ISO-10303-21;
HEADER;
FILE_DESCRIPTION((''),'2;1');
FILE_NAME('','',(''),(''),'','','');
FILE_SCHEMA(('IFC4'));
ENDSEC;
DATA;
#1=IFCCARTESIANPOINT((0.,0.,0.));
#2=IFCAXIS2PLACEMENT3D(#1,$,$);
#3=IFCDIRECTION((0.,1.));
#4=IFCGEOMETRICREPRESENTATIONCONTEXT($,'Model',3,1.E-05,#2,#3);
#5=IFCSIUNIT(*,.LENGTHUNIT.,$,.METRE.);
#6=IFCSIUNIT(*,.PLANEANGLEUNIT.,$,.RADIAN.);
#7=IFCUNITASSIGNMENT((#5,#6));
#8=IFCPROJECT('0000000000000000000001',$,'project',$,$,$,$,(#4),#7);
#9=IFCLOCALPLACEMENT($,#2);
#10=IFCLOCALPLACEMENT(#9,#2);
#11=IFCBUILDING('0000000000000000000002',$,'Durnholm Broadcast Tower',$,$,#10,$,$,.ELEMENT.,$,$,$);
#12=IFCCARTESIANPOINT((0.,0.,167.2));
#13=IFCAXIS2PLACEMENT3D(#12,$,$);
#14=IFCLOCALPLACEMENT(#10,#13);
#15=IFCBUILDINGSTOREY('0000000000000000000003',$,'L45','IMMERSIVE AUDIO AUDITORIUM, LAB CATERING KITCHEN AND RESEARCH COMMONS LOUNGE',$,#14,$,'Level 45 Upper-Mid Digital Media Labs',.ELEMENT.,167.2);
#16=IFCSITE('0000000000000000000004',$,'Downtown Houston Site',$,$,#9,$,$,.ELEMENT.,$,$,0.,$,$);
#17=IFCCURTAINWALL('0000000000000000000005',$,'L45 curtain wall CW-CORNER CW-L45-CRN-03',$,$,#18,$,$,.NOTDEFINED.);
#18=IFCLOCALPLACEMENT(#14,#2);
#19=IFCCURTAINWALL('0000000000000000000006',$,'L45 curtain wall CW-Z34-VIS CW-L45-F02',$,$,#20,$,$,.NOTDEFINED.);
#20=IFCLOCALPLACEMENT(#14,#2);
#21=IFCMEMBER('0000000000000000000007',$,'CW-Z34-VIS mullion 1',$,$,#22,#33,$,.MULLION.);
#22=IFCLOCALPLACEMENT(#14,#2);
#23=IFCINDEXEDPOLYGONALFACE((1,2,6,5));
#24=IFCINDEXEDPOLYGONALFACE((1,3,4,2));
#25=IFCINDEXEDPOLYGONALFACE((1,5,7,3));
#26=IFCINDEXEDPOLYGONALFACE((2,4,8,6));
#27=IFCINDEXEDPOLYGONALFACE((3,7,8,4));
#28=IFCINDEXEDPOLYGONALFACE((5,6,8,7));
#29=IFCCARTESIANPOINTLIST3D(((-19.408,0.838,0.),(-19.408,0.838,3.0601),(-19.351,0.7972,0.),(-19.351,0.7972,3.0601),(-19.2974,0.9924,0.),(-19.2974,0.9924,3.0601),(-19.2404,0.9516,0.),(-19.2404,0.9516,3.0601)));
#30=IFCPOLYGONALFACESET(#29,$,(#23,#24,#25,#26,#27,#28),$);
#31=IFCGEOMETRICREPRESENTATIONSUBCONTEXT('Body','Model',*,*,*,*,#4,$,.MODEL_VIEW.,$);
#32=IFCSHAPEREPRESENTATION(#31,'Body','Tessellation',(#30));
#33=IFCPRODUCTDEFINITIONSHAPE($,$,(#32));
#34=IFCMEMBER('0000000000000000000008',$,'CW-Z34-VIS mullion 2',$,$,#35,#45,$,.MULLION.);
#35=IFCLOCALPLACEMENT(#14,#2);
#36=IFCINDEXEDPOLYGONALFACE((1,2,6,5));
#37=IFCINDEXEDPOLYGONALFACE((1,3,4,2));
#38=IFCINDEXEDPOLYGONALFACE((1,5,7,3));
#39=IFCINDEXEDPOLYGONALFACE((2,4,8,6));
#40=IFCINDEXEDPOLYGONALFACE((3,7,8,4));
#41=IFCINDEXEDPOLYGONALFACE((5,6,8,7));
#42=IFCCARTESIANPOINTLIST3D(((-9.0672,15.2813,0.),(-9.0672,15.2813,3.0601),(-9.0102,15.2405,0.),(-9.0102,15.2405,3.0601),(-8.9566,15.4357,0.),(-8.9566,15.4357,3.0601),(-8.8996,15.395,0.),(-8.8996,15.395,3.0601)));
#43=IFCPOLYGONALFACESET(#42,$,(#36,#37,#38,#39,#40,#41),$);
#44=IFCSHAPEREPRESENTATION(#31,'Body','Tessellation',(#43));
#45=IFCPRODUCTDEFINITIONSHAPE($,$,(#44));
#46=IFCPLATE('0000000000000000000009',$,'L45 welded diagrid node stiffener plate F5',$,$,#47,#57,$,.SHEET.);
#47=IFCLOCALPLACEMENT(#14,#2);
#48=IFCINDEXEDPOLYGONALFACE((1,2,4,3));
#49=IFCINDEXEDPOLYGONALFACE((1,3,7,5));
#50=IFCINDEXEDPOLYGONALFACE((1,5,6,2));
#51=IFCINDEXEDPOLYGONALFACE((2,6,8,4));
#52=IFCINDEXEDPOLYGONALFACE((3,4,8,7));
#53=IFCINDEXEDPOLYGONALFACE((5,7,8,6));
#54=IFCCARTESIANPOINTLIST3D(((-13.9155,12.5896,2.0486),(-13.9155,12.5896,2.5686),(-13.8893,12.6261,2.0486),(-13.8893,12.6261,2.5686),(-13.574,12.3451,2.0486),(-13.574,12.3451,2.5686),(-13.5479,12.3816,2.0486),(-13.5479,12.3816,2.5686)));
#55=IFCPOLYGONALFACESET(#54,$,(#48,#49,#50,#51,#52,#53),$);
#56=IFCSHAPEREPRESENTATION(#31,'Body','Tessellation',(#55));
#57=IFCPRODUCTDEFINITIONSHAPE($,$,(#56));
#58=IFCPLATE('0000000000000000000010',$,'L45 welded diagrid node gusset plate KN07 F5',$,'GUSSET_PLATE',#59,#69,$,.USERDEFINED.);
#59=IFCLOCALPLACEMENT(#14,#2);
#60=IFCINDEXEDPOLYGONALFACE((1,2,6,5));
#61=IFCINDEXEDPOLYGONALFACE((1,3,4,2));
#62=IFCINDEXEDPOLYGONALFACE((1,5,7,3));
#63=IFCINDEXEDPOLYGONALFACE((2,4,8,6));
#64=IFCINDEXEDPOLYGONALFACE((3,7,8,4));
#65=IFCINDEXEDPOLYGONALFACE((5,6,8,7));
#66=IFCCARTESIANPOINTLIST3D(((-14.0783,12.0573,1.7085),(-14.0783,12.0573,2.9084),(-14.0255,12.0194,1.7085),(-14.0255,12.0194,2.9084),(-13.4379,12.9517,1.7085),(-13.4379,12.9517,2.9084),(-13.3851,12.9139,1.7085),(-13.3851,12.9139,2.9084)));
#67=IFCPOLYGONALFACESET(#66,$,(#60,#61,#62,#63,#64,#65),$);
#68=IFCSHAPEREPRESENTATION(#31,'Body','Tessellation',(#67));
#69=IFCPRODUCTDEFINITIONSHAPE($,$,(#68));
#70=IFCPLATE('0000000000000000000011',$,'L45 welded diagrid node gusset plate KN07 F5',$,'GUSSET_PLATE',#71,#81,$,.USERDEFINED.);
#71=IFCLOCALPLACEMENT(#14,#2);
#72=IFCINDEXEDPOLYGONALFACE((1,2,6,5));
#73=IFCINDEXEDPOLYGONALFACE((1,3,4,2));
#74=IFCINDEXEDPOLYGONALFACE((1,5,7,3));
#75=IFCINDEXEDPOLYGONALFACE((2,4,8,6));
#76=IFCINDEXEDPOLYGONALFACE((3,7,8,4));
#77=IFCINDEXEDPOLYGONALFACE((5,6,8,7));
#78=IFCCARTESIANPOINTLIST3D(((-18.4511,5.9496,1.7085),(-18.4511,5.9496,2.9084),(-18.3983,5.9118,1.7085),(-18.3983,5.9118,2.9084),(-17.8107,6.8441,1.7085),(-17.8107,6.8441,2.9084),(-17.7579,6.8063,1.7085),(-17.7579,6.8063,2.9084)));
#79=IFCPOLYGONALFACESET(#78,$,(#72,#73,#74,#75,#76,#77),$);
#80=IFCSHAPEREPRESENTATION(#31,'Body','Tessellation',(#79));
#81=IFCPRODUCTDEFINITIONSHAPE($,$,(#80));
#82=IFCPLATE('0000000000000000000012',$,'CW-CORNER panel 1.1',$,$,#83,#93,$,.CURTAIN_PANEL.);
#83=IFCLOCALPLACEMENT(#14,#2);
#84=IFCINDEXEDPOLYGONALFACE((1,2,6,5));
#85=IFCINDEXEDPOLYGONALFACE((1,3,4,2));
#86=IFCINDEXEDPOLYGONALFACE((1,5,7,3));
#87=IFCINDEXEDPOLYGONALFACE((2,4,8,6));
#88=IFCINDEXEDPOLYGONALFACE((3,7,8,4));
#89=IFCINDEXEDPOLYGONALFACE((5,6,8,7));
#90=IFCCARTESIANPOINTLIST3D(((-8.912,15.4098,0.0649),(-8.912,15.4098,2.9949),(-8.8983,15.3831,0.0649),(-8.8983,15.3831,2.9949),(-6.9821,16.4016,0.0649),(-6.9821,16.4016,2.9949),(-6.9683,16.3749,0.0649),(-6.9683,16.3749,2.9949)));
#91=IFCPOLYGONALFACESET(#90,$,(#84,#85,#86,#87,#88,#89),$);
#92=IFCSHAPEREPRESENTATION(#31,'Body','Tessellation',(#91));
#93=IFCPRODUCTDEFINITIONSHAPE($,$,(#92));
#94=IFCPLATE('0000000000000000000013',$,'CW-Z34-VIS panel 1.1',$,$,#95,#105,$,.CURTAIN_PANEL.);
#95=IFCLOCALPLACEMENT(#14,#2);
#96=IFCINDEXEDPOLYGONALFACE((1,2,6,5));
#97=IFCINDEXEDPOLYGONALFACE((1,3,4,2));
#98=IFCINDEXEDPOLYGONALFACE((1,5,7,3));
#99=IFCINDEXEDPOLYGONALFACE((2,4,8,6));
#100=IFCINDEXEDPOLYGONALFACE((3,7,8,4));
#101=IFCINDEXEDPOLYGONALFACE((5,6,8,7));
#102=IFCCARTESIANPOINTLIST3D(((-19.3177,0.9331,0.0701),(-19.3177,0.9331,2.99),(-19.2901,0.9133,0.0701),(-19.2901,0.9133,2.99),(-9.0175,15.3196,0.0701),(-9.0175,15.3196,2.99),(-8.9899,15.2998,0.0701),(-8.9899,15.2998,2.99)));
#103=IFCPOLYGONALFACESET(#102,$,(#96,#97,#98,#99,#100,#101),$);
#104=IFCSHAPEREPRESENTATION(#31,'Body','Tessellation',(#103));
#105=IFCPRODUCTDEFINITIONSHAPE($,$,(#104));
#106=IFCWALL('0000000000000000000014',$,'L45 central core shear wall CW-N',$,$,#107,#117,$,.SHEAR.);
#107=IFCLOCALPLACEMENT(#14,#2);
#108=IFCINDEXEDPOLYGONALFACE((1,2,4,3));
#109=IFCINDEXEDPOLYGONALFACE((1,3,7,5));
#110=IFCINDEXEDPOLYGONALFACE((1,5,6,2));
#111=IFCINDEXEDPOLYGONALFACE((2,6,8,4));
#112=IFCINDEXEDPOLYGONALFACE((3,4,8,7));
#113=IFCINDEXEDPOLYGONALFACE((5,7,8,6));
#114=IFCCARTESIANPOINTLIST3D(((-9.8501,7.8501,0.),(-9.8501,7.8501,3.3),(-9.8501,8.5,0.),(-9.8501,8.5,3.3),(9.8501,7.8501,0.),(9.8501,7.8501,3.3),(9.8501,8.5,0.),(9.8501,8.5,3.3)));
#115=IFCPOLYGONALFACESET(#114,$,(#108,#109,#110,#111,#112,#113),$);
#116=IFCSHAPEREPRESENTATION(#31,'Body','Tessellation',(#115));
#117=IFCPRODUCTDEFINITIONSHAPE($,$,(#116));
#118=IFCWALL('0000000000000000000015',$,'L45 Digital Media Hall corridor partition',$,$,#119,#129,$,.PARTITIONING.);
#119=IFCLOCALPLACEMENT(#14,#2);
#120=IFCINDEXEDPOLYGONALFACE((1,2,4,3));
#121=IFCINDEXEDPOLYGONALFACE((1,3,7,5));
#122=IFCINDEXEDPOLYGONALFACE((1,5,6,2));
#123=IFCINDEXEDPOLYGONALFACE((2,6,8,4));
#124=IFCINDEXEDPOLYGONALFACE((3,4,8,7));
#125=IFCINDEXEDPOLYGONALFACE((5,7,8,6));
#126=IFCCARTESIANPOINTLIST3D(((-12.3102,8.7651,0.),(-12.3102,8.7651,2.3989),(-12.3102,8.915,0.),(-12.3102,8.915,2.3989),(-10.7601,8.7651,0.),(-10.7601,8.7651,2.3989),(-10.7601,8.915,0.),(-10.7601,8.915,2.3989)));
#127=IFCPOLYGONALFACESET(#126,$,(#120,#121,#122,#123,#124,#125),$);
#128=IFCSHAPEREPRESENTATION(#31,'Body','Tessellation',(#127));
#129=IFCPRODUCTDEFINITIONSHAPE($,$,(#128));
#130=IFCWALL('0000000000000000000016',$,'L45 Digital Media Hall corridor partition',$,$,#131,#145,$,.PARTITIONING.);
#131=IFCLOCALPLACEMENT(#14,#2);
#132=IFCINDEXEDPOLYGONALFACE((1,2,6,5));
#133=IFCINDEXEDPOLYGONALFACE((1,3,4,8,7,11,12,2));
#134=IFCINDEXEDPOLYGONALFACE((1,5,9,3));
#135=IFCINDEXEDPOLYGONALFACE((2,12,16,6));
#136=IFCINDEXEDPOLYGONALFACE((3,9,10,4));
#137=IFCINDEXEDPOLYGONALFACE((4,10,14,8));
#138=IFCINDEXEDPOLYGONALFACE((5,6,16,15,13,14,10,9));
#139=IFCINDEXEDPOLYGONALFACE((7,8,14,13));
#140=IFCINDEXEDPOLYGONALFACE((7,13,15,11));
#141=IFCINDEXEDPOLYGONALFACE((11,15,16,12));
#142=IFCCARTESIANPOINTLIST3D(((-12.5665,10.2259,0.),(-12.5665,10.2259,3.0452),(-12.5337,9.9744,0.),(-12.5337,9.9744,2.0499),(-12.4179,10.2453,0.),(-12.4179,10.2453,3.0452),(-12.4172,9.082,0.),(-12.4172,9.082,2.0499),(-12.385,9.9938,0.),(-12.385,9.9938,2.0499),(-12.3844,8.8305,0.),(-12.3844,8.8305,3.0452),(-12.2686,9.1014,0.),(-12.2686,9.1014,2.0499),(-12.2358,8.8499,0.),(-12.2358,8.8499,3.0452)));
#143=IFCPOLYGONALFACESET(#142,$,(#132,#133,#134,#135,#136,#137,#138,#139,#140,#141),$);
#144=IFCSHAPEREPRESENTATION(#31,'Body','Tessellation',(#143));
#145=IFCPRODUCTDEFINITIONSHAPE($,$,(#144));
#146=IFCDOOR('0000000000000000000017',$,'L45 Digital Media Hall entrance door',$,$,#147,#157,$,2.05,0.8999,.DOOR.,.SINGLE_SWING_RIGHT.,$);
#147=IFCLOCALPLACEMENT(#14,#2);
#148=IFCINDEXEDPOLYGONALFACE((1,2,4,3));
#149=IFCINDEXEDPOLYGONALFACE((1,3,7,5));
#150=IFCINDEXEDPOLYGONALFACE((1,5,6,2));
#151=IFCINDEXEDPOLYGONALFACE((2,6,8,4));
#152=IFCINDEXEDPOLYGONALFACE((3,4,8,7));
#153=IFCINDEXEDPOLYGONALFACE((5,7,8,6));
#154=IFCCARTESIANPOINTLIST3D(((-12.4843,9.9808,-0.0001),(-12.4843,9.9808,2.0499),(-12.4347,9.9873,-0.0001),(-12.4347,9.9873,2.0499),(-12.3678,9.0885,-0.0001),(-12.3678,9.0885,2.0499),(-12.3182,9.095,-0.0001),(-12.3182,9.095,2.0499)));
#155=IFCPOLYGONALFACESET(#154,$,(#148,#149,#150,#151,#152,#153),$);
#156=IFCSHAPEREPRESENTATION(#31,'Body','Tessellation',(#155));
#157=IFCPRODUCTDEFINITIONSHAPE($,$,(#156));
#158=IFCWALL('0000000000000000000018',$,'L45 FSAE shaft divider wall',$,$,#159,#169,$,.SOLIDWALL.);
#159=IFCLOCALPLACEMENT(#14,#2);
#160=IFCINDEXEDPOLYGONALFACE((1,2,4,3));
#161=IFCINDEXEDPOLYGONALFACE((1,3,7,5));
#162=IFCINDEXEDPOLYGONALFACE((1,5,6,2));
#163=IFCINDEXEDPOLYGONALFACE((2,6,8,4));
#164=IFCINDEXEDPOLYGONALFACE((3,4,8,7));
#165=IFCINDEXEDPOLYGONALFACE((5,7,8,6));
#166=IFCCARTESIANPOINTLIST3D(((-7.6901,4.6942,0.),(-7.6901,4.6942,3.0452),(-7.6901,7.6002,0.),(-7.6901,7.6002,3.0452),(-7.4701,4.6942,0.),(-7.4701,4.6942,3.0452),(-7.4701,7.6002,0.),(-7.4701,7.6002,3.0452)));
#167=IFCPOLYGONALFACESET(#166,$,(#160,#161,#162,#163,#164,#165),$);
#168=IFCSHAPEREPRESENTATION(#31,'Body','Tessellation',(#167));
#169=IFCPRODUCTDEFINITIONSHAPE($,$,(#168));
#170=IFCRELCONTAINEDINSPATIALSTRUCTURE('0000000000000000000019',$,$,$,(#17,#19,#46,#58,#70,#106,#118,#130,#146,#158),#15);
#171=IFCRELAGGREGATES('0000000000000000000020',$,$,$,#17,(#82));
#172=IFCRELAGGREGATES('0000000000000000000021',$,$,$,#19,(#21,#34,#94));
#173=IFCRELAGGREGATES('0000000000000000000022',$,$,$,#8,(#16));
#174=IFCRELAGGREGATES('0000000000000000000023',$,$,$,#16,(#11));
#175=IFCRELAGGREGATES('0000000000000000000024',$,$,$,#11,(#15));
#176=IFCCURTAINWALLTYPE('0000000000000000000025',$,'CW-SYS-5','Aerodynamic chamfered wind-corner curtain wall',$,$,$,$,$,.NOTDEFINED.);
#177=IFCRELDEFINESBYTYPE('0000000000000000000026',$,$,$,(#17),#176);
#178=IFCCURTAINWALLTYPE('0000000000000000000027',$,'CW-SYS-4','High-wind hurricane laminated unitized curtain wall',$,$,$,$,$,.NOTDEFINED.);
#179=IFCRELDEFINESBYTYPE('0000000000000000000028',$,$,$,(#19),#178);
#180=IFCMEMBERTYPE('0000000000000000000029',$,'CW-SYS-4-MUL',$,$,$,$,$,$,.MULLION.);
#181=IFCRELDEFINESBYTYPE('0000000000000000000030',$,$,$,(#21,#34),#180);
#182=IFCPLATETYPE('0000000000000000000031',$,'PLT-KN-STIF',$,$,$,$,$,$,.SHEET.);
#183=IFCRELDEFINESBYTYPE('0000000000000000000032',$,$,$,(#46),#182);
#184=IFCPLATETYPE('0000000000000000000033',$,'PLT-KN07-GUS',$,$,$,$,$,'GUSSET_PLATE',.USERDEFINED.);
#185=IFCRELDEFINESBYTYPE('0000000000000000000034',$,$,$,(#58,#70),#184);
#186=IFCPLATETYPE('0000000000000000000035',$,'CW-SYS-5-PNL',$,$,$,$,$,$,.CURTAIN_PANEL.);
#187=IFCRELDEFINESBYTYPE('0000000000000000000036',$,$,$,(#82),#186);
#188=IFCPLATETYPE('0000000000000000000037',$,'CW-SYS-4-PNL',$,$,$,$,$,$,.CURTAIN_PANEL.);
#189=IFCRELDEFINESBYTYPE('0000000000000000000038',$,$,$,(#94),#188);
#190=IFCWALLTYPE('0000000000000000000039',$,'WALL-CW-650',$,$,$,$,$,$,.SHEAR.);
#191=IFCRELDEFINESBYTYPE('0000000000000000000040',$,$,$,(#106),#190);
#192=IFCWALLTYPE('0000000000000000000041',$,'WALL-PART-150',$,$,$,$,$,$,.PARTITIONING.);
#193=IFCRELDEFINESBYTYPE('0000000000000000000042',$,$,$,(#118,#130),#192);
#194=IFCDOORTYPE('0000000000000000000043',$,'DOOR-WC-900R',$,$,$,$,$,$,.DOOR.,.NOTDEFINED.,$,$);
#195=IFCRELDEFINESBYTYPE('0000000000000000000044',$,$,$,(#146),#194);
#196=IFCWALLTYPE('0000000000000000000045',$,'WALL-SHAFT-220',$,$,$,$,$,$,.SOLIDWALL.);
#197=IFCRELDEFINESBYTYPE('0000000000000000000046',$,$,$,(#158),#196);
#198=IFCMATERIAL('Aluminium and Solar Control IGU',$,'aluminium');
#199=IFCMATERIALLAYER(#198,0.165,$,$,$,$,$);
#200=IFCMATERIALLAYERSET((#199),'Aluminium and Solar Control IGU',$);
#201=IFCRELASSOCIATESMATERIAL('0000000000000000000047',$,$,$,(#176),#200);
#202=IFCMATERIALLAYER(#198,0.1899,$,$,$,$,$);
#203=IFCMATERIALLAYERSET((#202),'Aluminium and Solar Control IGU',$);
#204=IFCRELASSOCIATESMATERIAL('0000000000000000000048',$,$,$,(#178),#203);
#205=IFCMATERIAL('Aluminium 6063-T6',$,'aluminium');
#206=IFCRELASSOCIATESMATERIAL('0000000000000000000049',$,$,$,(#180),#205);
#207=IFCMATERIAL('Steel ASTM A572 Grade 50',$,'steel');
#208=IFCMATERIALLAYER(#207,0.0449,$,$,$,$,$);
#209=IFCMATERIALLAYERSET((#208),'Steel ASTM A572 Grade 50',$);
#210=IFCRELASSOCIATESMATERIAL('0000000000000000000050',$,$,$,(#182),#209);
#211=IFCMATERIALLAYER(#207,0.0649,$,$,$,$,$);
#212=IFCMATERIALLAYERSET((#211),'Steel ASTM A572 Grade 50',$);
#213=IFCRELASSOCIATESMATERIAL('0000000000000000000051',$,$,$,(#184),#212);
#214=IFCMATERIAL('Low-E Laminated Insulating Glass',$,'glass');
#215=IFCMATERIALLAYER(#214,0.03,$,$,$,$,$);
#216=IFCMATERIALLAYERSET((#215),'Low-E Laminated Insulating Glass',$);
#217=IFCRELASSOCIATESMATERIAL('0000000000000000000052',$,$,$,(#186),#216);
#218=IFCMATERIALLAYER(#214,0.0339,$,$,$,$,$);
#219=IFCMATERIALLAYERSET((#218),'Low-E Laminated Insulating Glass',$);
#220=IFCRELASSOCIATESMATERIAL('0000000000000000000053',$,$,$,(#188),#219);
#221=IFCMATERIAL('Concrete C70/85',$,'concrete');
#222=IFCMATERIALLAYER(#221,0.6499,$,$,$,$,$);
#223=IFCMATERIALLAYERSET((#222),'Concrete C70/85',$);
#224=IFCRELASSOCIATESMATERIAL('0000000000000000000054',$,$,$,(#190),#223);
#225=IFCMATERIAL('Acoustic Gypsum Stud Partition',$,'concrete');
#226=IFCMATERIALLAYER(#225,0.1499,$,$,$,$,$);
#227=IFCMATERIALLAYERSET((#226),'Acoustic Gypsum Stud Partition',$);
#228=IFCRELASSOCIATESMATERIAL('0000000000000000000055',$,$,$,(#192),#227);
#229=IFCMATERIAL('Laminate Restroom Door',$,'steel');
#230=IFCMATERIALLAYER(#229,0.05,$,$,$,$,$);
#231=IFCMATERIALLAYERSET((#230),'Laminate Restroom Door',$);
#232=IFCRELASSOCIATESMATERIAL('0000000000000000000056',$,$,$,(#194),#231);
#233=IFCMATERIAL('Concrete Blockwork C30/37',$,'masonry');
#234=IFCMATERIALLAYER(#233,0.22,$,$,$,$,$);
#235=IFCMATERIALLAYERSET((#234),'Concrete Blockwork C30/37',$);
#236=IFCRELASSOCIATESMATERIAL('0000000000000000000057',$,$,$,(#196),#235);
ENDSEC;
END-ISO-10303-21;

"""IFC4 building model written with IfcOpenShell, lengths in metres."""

from ifc_helpers import new_model, si_unit, direction, frame, frame_2d, origin, origin_2d, place, context, subcontext, project, spatial, rectangle, extrude, source, transform, mapped, material, layer, layer_set, material_profile, profile_set, type_object, type_shapes, element, fill, aggregate, save


model = new_model("IFC4")

# Units and contexts
model_context = context("Model", 3, precision=1e-05, world=origin(), true_north=direction((0.0, 1.0)))
body_context = subcontext(model_context, "Body", "Model", "MODEL_VIEW")
ifc_project = project(units=[si_unit("LENGTHUNIT", "METRE"), si_unit("PLANEANGLEUNIT", "RADIAN")], contexts=[model_context])

# Site, building, storey
site_placement = place(None, origin())
site = spatial("IfcSite", under=ifc_project, at=site_placement, Name="Downtown Houston Site", CompositionType="ELEMENT", RefElevation=0.0)
building_placement = place(site_placement, origin())
building = spatial("IfcBuilding", under=site, at=building_placement, Name="Durnholm Broadcast Tower", CompositionType="ELEMENT")
storey_placement = place(building_placement, frame((0.0, 0.0, 167.2)))
storey = spatial("IfcBuildingStorey", under=building, at=storey_placement, Name="L45", Description="IMMERSIVE AUDIO AUDITORIUM, LAB CATERING KITCHEN AND RESEARCH COMMONS LOUNGE", LongName="Level 45 Upper-Mid Digital Media Labs", CompositionType="ELEMENT", Elevation=167.2)

# Shared definitions
ifc_material_1 = material(Name="Concrete C70/85", Category="concrete")

# Shared definitions
ifc_material_2 = material(Name="Aluminium and Solar Control IGU", Category="aluminium")
ifc_layer_1 = layer(ifc_material_2, 0.165)
ifc_layer_set_1 = layer_set([ifc_layer_1], Name="Aluminium and Solar Control IGU")
curtain_wall_type_1 = type_object("IfcCurtainWallType", Name="CW-SYS-5", Description="Aerodynamic chamfered wind-corner curtain wall", PredefinedType="NOTDEFINED", material=ifc_layer_set_1)
ifc_material_3 = material(Name="Aluminium 6063-T6", Category="aluminium")

# Curtain walls, members
curtain_wall_1_placement = place(storey_placement, origin())
curtain_wall_1 = element("IfcCurtainWall", 1, at=curtain_wall_1_placement, inside=storey, type_object=curtain_wall_type_1, Name="L45 curtain wall CW-CORNER CW-L45-CRN-03", PredefinedType="NOTDEFINED")
ifc_layer_2 = layer(ifc_material_2, 0.1899)
ifc_layer_set_2 = layer_set([ifc_layer_2], Name="Aluminium and Solar Control IGU")
curtain_wall_type_2 = type_object("IfcCurtainWallType", Name="CW-SYS-4", Description="High-wind hurricane laminated unitized curtain wall", PredefinedType="NOTDEFINED", material=ifc_layer_set_2)
curtain_wall_2_placement = place(storey_placement, origin())
curtain_wall_2 = element("IfcCurtainWall", 2, at=curtain_wall_2_placement, inside=storey, type_object=curtain_wall_type_2, Name="L45 curtain wall CW-Z34-VIS CW-L45-F02", PredefinedType="NOTDEFINED")
ifc_material_profile_1 = material_profile(ifc_material_3, rectangle(XDim=0.0701, YDim=0.1899, at=origin_2d()), Name="CWM70X190")
ifc_profile_set_1 = profile_set([ifc_material_profile_1], Name="Aluminium 6063-T6")
member_type_1 = type_object("IfcMemberType", Name="CW-SYS-4-MUL", PredefinedType="MULLION", material=ifc_profile_set_1)
shared_shape_1 = source(origin(), body_context, "Body", "SweptSolid", [
    extrude(rectangle(XDim=0.0701, YDim=0.1899, at=origin_2d()), origin(), (0.0, 0.0, 1.0), 3.0601),
])
type_shapes(member_type_1, [shared_shape_1])
member_1_placement = place(storey_placement, frame((-19.3242, 0.8948, 0.0), z_axis=(0.0, 0.0, 1.0), x_axis=(-0.813089, 0.582139, 0.0)))
member_1 = element("IfcMember", 3, at=member_1_placement, type_object=member_type_1, Name="CW-Z34-VIS mullion 1", PredefinedType="MULLION", context=body_context, shape_type="MappedRepresentation", body=[
    mapped(shared_shape_1, transform((0.0, 0.0, 0.0), x_axis=(1.0, 0.0, 0.0), y_axis=(0.0, 1.0, 0.0), z_axis=(0.0, 0.0, 1.0), scale=1.0)),
])
member_2_placement = place(storey_placement, frame((-8.9834, 15.3381, 0.0), z_axis=(0.0, 0.0, 1.0), x_axis=(-0.813089, 0.582139, 0.0)))
member_2 = element("IfcMember", 4, at=member_2_placement, type_object=member_type_1, Name="CW-Z34-VIS mullion 2", PredefinedType="MULLION", context=body_context, shape_type="MappedRepresentation", body=[
    mapped(shared_shape_1, transform((0.0, 0.0, 0.0), x_axis=(1.0, 0.0, 0.0), y_axis=(0.0, 1.0, 0.0), z_axis=(0.0, 0.0, 1.0), scale=1.0)),
])

# Plates
ifc_material_4 = material(Name="Steel ASTM A572 Grade 50", Category="steel")
ifc_layer_3 = layer(ifc_material_4, 0.0449)
ifc_layer_set_3 = layer_set([ifc_layer_3], Name="Steel ASTM A572 Grade 50")
plate_type_1 = type_object("IfcPlateType", Name="PLT-KN-STIF", PredefinedType="SHEET", material=ifc_layer_set_3)
shared_shape_2 = source(origin(), body_context, "Body", "SweptSolid", [
    extrude(rectangle(XDim=0.0449, YDim=0.4199, at=origin_2d()), origin(), (0.0, 0.0, 1.0), 0.52),
])
type_shapes(plate_type_1, [shared_shape_2])
plate_1_placement = place(storey_placement, frame((-13.7317, 12.4856, 2.0486), z_axis=(0.0, 0.0, 1.0), x_axis=(-0.582123, -0.813101, 0.0)))
element("IfcPlate", 5, at=plate_1_placement, inside=storey, type_object=plate_type_1, Name="L45 welded diagrid node stiffener plate F5", PredefinedType="SHEET", context=body_context, shape_type="MappedRepresentation", body=[
    mapped(shared_shape_2, transform((0.0, 0.0, 0.0), x_axis=(1.0, 0.0, 0.0), y_axis=(0.0, 1.0, 0.0), z_axis=(0.0, 0.0, 1.0), scale=1.0)),
])
ifc_layer_4 = layer(ifc_material_4, 0.0649)
ifc_layer_set_4 = layer_set([ifc_layer_4], Name="Steel ASTM A572 Grade 50")
plate_type_2 = type_object("IfcPlateType", Name="PLT-KN07-GUS", ElementType="GUSSET_PLATE", PredefinedType="USERDEFINED", material=ifc_layer_set_4)
shared_shape_3 = source(origin(), body_context, "Body", "SweptSolid", [
    extrude(rectangle(XDim=1.1001, YDim=0.0649, at=origin_2d()), origin(), (0.0, 0.0, 1.0), 1.2),
])
type_shapes(plate_type_2, [shared_shape_3])
for number, where, z_axis, x_axis, name in (
    (6, (-13.7317, 12.4856, 1.7085), (0.0, 0.0, 1.0), (-0.582123, -0.813101, 0.0), "L45 welded diagrid node gusset plate KN07 F5"),
    (7, (-18.1045, 6.3779, 1.7085), (0.0, 0.0, 1.0), (-0.582123, -0.813101, 0.0), "L45 welded diagrid node gusset plate KN07 F5"),
):
    element("IfcPlate", number, at=place(storey_placement, frame(where, z_axis=z_axis, x_axis=x_axis)), inside=storey, type_object=plate_type_2, Name=name, ObjectType="GUSSET_PLATE", PredefinedType="USERDEFINED", context=body_context, shape_type="MappedRepresentation", body=[
        mapped(shared_shape_3, transform((0.0, 0.0, 0.0), x_axis=(1.0, 0.0, 0.0), y_axis=(0.0, 1.0, 0.0), z_axis=(0.0, 0.0, 1.0), scale=1.0)),
    ])

# Plates
ifc_material_5 = material(Name="Low-E Laminated Insulating Glass", Category="glass")
ifc_layer_5 = layer(ifc_material_5, 0.03)
ifc_layer_set_5 = layer_set([ifc_layer_5], Name="Low-E Laminated Insulating Glass")
plate_type_3 = type_object("IfcPlateType", Name="CW-SYS-5-PNL", PredefinedType="CURTAIN_PANEL", material=ifc_layer_set_5)
shared_shape_4 = source(origin(), body_context, "Body", "SweptSolid", [
    extrude(rectangle(XDim=2.1699, YDim=0.03, at=origin_2d()), origin(), (0.0, 0.0, 1.0), 2.9299),
])
type_shapes(plate_type_3, [shared_shape_4])
plate_2_placement = place(storey_placement, frame((-7.9402, 15.8923, 0.0649), z_axis=(0.0, 0.0, 1.0), x_axis=(0.889425, 0.457082, 0.0)))
plate_2 = element("IfcPlate", 8, at=plate_2_placement, type_object=plate_type_3, Name="CW-CORNER panel 1.1", PredefinedType="CURTAIN_PANEL", context=body_context, shape_type="MappedRepresentation", body=[
    mapped(shared_shape_4, transform((0.0, 0.0, 0.0), x_axis=(1.0, 0.0, 0.0), y_axis=(0.0, 1.0, 0.0), z_axis=(0.0, 0.0, 1.0), scale=1.0)),
])
aggregate(curtain_wall_1, [plate_2])
ifc_layer_6 = layer(ifc_material_5, 0.0339)
ifc_layer_set_6 = layer_set([ifc_layer_6], Name="Low-E Laminated Insulating Glass")
plate_type_4 = type_object("IfcPlateType", Name="CW-SYS-4-PNL", PredefinedType="CURTAIN_PANEL", material=ifc_layer_set_6)
shared_shape_5 = source(origin(), body_context, "Body", "SweptSolid", [
    extrude(rectangle(XDim=17.6936, YDim=0.0339, at=origin_2d()), origin(), (0.0, 0.0, 1.0), 2.9199),
])
type_shapes(plate_type_4, [shared_shape_5])
plate_3_placement = place(storey_placement, frame((-14.1538, 8.1165, 0.0701), z_axis=(0.0, 0.0, 1.0), x_axis=(0.582139, 0.813089, 0.0)))
plate_3 = element("IfcPlate", 9, at=plate_3_placement, type_object=plate_type_4, Name="CW-Z34-VIS panel 1.1", PredefinedType="CURTAIN_PANEL", context=body_context, shape_type="MappedRepresentation", body=[
    mapped(shared_shape_5, transform((0.0, 0.0, 0.0), x_axis=(1.0, 0.0, 0.0), y_axis=(0.0, 1.0, 0.0), z_axis=(0.0, 0.0, 1.0), scale=1.0)),
])
aggregate(curtain_wall_2, [member_1, member_2, plate_3])

# Walls
ifc_layer_7 = layer(ifc_material_1, 0.6499)
ifc_layer_set_7 = layer_set([ifc_layer_7], Name="Concrete C70/85")
wall_type_1 = type_object("IfcWallType", Name="WALL-CW-650", PredefinedType="SHEAR", material=ifc_layer_set_7)
wall_1_placement = place(storey_placement, frame((-9.8501, 8.175, 0.0), z_axis=(0.0, 0.0, 1.0), x_axis=(1.0, 0.0, 0.0)))
element("IfcWall", 10, at=wall_1_placement, inside=storey, type_object=wall_type_1, Name="L45 central core shear wall CW-N", PredefinedType="SHEAR", context=body_context, shape_type="SweptSolid", body=[
    extrude(rectangle(XDim=19.7002, YDim=0.6499, at=frame_2d((9.8501, 0.0))), origin(), (0.0, 0.0, 1.0), 3.3),
])
ifc_material_6 = material(Name="Acoustic Gypsum Stud Partition", Category="concrete")
ifc_layer_8 = layer(ifc_material_6, 0.1499)
ifc_layer_set_8 = layer_set([ifc_layer_8], Name="Acoustic Gypsum Stud Partition")
wall_type_2 = type_object("IfcWallType", Name="WALL-PART-150", PredefinedType="PARTITIONING", material=ifc_layer_set_8)
wall_2_placement = place(storey_placement, frame((-12.3101, 8.8401, 0.0), z_axis=(0.0, 0.0, 1.0), x_axis=(1.0, 0.0, 0.0)))
element("IfcWall", 11, at=wall_2_placement, inside=storey, type_object=wall_type_2, Name="L45 Digital Media Hall corridor partition", PredefinedType="PARTITIONING", context=body_context, shape_type="SweptSolid", body=[
    extrude(rectangle(XDim=1.55, YDim=0.1499, at=frame_2d((0.7749, 0.0))), origin(), (0.0, 0.0, 1.0), 2.3989),
])

# Wall, opening, door
wall_3_placement = place(storey_placement, frame((-12.4922, 10.2356, 0.0), z_axis=(0.0, 0.0, 1.0), x_axis=(0.129413, -0.991591, 0.0)))
wall_3 = element("IfcWall", 12, at=wall_3_placement, inside=storey, type_object=wall_type_2, Name="L45 Digital Media Hall corridor partition", PredefinedType="PARTITIONING", context=body_context, shape_type="SweptSolid", body=[
    extrude(rectangle(XDim=1.4072, YDim=0.1499, at=frame_2d((0.7036, 0.0))), origin(), (0.0, 0.0, 1.0), 3.0452),
])
opening_1_placement = place(wall_3_placement, frame((0.2537, 0.0, 0.0)))
opening_1 = element("IfcOpeningElement", 13, at=opening_1_placement, cuts=wall_3, PredefinedType="OPENING", context=body_context, shape_type="SweptSolid", body=[
    extrude(rectangle(XDim=0.8999, YDim=2.05, at=frame_2d((0.45, 1.0249))), frame((0.0, 0.085, 0.0), z_axis=(0.0, -1.0, 0.0), x_axis=(1.0, 0.0, 0.0)), (0.0, 0.0, 1.0), 0.1699),
])
ifc_material_7 = material(Name="Laminate Restroom Door", Category="steel")
ifc_layer_9 = layer(ifc_material_7, 0.05)
ifc_layer_set_9 = layer_set([ifc_layer_9], Name="Laminate Restroom Door")
door_type_1 = type_object("IfcDoorType", Name="DOOR-WC-900R", OperationType="NOTDEFINED", PredefinedType="DOOR", material=ifc_layer_set_9)
shared_shape_6 = source(origin(), body_context, "Body", "SweptSolid", [
    extrude(rectangle(XDim=0.8999, YDim=2.05, at=frame_2d((0.45, 1.0249))), frame((0.0, 0.0249, 0.0), z_axis=(0.0, -1.0, 0.0), x_axis=(1.0, 0.0, 0.0)), (0.0, 0.0, 1.0), 0.05),
])
type_shapes(door_type_1, [shared_shape_6])
door_1_placement = place(opening_1_placement, origin())
door_1 = element("IfcDoor", 14, at=door_1_placement, inside=storey, type_object=door_type_1, Name="L45 Digital Media Hall entrance door", OperationType="SINGLE_SWING_RIGHT", OverallHeight=2.05, OverallWidth=0.8999, PredefinedType="DOOR", context=body_context, shape_type="MappedRepresentation", body=[
    mapped(shared_shape_6, transform((0.0, 0.0, 0.0), x_axis=(1.0, 0.0, 0.0), y_axis=(0.0, 1.0, 0.0), z_axis=(0.0, 0.0, 1.0), scale=1.0)),
])
fill(opening_1, door_1)

# Shared definitions
ifc_material_8 = material(Name="Concrete Blockwork C30/37", Category="masonry")
ifc_layer_10 = layer(ifc_material_8, 0.22)
ifc_layer_set_10 = layer_set([ifc_layer_10], Name="Concrete Blockwork C30/37")
wall_type_3 = type_object("IfcWallType", Name="WALL-SHAFT-220", PredefinedType="SOLIDWALL", material=ifc_layer_set_10)

# Wall
wall_4_placement = place(storey_placement, frame((-7.5801, 4.6941, 0.0), z_axis=(0.0, 0.0, 1.0), x_axis=(0.0, 1.0, 0.0)))
element("IfcWall", 15, at=wall_4_placement, inside=storey, type_object=wall_type_3, Name="L45 FSAE shaft divider wall", PredefinedType="SOLIDWALL", context=body_context, shape_type="SweptSolid", body=[
    extrude(rectangle(XDim=2.906, YDim=0.22, at=frame_2d((1.4531, 0.0))), origin(), (0.0, 0.0, 1.0), 3.0452),
])

save(model, "model.ifc")
